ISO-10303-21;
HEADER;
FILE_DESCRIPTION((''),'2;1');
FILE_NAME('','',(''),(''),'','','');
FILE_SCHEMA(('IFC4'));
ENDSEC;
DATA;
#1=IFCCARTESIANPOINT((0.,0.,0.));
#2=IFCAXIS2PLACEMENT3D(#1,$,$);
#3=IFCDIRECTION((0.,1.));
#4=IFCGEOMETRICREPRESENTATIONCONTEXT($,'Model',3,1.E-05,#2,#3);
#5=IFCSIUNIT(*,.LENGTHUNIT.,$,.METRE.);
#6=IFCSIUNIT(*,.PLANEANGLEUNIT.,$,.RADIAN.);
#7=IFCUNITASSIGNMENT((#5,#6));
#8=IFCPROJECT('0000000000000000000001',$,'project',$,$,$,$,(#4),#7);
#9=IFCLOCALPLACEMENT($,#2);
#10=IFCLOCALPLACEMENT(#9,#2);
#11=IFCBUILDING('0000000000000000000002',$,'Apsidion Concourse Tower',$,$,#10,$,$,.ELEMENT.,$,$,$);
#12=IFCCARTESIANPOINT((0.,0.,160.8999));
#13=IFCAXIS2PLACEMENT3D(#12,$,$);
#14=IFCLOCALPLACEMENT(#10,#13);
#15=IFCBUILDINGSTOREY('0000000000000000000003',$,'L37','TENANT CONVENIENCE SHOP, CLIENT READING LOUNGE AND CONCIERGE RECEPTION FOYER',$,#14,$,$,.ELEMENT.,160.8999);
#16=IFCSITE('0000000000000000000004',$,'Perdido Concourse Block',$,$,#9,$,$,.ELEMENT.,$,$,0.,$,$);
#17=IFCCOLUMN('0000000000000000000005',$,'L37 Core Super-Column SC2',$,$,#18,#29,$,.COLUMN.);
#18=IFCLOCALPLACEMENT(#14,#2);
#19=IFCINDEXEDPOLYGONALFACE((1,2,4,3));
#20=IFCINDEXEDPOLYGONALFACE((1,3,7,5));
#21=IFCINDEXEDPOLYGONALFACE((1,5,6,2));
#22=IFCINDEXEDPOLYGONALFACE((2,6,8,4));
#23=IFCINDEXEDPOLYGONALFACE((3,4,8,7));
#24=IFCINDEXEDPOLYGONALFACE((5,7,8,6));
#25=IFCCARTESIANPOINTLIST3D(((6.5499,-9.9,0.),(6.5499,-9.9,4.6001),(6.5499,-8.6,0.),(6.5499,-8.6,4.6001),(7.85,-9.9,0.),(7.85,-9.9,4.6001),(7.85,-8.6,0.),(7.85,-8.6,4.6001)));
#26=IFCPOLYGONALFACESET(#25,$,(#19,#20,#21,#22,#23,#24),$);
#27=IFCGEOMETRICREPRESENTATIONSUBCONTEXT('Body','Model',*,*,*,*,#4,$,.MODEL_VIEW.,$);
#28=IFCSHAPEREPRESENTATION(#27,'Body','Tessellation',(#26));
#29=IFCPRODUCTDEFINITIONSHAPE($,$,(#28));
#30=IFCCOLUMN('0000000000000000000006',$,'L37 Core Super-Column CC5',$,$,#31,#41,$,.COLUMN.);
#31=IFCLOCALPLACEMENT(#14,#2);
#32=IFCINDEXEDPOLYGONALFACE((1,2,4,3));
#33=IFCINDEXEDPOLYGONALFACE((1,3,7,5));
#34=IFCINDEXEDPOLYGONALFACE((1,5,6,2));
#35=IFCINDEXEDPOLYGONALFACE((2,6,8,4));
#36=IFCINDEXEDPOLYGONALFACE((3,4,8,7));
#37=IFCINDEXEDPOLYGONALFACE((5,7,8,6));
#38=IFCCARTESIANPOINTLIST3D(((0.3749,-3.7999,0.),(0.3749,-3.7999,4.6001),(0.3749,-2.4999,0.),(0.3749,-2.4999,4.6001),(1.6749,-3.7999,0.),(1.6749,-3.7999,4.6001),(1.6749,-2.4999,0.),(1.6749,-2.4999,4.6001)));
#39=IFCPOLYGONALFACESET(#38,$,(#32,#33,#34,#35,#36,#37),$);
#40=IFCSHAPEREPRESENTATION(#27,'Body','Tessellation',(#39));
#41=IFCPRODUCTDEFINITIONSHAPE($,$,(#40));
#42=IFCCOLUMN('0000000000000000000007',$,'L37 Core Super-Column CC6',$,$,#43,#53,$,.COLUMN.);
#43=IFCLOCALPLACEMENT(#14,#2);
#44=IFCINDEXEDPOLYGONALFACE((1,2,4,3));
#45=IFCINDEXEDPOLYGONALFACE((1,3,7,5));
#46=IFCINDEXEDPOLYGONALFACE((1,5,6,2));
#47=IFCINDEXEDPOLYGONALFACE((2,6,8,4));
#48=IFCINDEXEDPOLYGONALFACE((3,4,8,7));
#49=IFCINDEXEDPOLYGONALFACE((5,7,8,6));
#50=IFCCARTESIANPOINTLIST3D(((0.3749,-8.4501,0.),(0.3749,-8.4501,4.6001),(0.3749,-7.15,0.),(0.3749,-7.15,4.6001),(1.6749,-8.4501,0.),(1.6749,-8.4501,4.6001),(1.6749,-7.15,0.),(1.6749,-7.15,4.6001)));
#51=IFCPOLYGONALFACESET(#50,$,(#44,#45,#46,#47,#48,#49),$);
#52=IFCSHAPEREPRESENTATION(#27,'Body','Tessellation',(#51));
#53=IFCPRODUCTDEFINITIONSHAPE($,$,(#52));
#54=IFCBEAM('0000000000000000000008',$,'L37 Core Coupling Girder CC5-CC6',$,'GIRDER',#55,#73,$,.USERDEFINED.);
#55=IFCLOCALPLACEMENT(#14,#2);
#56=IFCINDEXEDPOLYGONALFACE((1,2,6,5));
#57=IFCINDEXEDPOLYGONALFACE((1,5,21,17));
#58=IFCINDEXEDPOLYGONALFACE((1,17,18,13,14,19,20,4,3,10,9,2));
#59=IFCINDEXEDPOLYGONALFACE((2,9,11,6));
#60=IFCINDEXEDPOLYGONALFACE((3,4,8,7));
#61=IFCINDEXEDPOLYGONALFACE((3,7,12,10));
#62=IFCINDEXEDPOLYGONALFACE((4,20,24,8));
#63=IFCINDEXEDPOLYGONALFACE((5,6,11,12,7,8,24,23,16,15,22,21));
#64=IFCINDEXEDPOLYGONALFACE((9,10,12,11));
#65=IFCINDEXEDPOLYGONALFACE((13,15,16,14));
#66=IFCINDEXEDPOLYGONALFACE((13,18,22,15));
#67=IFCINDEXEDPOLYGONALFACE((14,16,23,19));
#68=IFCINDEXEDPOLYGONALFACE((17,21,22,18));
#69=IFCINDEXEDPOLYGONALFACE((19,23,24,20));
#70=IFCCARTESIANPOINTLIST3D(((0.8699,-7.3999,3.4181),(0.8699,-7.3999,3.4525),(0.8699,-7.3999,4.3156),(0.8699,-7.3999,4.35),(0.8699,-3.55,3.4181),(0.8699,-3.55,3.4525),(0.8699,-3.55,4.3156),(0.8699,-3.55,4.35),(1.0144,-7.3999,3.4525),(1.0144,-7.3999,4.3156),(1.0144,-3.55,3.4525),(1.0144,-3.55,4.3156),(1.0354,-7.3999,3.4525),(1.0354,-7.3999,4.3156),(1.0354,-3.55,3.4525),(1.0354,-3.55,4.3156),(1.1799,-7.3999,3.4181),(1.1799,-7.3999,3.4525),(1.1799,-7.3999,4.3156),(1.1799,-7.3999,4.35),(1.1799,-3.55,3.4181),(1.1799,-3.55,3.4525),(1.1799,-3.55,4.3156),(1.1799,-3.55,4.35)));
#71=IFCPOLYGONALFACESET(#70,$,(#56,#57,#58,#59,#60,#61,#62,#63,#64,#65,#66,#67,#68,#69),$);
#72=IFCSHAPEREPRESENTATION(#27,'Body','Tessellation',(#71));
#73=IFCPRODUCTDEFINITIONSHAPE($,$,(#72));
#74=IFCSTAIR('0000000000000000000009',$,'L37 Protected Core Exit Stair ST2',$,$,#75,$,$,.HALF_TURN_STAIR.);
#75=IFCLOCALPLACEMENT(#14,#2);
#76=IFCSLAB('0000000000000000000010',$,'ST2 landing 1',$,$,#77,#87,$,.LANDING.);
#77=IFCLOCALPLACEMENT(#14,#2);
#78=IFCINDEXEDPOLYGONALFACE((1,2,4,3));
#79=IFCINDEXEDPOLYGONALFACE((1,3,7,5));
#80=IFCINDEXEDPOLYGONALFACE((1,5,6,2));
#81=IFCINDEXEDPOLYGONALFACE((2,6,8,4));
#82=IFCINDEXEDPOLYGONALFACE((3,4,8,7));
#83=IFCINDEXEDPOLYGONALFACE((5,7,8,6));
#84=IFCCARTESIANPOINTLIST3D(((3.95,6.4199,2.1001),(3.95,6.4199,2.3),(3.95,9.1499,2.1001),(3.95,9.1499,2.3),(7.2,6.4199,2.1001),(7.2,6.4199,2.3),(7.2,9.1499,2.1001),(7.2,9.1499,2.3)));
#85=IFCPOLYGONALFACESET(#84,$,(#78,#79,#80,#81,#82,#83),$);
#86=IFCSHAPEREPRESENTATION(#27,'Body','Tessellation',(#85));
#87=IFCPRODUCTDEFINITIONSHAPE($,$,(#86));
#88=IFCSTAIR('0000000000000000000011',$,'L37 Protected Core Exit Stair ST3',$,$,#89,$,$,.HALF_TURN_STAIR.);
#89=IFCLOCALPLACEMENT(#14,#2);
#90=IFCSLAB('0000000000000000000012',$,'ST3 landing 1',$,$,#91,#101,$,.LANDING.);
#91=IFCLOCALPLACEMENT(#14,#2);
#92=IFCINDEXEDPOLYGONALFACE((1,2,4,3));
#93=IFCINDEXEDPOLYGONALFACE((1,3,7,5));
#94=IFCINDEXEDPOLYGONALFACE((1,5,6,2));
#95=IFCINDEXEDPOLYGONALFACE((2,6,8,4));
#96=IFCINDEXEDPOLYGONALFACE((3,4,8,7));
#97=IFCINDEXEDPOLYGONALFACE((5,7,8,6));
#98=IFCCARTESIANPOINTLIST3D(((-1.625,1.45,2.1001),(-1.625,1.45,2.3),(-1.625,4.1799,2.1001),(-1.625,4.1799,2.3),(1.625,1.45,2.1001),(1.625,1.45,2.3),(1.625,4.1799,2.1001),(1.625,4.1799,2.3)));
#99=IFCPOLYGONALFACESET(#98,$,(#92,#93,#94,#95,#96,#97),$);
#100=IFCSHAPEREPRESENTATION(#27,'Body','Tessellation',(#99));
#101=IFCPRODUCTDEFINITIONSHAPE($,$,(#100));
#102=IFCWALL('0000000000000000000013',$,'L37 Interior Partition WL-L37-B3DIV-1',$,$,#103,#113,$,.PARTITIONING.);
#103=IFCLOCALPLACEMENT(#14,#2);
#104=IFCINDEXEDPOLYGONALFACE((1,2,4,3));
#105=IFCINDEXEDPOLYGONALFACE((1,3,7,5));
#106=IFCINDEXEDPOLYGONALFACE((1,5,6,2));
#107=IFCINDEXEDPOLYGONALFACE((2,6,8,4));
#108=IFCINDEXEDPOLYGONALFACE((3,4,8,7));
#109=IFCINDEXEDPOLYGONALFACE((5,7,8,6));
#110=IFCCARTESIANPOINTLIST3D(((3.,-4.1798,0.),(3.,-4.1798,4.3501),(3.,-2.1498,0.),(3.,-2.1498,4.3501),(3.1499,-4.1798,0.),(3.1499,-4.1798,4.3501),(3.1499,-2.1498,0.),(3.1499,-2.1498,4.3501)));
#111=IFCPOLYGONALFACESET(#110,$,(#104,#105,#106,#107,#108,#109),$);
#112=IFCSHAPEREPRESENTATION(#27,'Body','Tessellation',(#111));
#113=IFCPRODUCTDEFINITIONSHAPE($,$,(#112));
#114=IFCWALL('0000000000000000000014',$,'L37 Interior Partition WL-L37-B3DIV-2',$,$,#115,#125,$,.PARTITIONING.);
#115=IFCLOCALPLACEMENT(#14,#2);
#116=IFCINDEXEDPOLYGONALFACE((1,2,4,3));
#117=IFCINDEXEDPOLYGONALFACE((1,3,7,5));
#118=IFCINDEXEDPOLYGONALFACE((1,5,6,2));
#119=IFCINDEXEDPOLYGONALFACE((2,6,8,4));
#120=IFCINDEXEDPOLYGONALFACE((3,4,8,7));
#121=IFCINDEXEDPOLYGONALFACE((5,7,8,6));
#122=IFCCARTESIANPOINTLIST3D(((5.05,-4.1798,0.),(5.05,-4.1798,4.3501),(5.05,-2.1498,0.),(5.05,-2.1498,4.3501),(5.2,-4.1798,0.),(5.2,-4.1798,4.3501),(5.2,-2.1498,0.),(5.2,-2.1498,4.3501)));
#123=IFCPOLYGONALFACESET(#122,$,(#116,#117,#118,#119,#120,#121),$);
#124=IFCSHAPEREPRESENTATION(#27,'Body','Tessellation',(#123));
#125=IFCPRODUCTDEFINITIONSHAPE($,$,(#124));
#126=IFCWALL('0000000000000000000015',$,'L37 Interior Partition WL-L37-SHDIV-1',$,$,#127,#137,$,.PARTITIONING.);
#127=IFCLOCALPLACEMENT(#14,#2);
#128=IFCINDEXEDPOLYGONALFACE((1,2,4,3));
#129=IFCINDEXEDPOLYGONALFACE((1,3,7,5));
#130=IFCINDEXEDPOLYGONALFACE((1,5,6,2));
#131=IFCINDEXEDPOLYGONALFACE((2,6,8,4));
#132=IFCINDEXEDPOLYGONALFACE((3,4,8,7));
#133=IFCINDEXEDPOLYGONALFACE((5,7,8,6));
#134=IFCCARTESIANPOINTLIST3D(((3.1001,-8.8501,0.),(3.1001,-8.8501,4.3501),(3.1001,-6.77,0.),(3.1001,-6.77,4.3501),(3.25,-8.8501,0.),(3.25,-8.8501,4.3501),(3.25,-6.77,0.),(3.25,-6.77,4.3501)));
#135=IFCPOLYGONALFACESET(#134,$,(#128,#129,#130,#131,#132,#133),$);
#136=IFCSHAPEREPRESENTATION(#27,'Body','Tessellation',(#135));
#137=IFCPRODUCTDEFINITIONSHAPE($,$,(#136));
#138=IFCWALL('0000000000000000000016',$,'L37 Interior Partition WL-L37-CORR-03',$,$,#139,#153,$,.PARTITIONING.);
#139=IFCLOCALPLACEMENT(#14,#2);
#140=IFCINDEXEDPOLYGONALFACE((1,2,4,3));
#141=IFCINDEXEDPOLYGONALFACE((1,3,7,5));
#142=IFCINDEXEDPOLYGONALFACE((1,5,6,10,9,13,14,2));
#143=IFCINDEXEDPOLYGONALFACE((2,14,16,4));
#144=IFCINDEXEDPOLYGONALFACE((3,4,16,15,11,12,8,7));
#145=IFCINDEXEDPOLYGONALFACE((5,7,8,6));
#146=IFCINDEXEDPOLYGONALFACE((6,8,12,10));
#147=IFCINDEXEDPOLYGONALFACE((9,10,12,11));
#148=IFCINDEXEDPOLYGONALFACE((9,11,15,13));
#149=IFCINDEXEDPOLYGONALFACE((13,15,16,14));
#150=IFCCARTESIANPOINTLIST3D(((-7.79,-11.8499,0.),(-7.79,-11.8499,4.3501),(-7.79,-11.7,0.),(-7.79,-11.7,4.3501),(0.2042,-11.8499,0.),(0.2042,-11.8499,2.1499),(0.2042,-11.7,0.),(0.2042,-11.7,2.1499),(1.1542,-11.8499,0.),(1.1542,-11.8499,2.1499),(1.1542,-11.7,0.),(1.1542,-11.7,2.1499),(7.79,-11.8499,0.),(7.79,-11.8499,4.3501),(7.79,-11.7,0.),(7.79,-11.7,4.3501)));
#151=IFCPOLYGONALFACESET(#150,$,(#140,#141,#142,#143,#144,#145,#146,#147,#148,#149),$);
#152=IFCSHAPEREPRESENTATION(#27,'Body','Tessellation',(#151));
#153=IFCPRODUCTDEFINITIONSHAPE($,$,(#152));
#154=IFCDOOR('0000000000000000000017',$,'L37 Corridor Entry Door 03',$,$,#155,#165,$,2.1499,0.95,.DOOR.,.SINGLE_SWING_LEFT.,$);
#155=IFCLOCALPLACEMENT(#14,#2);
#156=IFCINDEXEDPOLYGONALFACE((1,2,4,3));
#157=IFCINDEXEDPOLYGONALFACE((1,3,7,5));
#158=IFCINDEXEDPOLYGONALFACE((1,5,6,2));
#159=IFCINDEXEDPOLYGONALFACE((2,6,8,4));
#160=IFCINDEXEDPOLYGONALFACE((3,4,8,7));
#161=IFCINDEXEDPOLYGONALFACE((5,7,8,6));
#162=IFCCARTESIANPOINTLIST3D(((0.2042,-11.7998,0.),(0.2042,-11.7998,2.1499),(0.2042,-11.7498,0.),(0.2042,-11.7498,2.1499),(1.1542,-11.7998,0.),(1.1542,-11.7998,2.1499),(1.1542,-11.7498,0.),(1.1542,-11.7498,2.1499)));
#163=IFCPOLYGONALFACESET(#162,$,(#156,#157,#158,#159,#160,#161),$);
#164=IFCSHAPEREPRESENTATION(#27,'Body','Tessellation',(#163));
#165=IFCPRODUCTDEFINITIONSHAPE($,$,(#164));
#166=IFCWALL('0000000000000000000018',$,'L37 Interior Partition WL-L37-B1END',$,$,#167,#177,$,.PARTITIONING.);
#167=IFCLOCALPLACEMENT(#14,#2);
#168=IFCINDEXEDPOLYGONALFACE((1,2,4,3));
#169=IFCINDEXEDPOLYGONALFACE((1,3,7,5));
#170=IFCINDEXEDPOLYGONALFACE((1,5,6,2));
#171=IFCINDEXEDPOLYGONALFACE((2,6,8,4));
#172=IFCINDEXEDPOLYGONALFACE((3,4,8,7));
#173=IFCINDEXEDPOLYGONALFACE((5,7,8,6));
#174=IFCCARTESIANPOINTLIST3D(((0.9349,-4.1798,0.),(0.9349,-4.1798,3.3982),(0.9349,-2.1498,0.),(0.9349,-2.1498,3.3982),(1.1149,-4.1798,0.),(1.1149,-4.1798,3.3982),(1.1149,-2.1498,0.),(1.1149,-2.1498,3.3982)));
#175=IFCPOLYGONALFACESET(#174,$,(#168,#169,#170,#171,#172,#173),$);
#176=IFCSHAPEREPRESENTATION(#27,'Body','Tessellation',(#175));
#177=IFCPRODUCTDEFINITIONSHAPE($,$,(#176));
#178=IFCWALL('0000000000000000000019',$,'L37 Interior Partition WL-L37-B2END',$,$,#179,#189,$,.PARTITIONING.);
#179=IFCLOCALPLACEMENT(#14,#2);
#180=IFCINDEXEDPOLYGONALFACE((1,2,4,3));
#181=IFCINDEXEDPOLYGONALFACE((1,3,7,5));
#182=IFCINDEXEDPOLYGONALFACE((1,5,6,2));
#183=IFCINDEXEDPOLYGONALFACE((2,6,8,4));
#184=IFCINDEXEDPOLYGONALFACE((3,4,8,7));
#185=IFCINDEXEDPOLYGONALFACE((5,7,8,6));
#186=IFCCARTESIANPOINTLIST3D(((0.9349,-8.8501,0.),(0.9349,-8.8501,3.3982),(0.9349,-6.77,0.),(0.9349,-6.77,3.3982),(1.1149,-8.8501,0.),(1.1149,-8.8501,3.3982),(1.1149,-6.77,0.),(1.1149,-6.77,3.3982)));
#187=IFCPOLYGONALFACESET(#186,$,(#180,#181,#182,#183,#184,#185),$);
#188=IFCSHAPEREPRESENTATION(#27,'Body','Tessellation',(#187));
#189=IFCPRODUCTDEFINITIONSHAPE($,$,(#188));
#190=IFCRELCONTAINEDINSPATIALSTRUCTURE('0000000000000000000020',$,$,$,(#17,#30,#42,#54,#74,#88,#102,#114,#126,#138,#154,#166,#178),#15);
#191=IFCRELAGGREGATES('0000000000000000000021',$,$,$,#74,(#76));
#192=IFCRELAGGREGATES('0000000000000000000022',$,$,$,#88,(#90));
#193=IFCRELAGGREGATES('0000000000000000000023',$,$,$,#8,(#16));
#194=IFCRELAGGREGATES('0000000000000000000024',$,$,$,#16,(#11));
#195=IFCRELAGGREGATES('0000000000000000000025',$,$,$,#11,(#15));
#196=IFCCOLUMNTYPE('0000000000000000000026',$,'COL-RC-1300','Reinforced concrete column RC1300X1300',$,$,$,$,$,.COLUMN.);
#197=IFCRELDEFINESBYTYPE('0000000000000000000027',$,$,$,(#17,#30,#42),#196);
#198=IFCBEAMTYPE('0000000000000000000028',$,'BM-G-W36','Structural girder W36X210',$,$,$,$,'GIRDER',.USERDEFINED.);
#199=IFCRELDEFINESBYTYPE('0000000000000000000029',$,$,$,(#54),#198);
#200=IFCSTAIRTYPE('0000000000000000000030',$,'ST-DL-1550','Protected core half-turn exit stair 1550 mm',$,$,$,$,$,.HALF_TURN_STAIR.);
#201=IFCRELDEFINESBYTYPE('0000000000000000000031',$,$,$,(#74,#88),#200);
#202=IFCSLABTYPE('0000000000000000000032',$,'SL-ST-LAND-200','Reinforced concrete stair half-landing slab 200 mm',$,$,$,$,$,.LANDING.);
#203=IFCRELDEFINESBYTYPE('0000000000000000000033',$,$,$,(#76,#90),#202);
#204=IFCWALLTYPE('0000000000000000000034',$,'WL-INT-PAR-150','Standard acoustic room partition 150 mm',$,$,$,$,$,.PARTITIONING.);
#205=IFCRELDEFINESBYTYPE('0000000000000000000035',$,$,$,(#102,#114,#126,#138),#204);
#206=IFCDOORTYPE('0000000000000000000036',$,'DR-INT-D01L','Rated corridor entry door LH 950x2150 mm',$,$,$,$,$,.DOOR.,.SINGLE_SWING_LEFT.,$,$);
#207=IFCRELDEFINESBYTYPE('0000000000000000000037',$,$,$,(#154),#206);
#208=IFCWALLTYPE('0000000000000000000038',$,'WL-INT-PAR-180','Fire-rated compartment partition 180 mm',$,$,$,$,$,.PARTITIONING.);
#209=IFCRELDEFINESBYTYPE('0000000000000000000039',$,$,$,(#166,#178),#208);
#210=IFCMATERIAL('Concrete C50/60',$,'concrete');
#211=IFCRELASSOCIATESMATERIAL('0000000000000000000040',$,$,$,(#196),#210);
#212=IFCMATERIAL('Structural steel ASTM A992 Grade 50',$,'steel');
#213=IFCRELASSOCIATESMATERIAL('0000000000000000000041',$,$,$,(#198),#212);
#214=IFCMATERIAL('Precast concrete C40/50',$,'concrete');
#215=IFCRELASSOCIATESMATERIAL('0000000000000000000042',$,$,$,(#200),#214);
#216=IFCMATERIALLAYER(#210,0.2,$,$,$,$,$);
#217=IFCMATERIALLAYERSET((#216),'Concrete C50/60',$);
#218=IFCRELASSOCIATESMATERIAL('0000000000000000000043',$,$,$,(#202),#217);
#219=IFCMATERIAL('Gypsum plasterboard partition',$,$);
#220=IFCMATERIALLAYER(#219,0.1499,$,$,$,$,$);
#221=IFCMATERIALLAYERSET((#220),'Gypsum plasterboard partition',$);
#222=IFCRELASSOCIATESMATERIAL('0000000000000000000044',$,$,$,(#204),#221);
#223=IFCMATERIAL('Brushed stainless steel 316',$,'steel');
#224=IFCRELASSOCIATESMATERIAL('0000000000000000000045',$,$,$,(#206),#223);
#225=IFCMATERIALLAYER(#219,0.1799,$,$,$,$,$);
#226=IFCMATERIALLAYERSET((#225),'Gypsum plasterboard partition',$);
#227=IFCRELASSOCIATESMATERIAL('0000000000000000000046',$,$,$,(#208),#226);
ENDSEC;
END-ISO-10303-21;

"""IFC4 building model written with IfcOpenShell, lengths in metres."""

from ifc_helpers import new_model, si_unit, direction, frame, frame_2d, origin, origin_2d, place, context, subcontext, project, spatial, polyline, rectangle, i_section, outline, extrude, material, layer, layer_set, material_profile, profile_set, type_object, element, fill, aggregate, save


model = new_model("IFC4")

# Units and contexts
model_context = context("Model", 3, precision=1e-05, world=origin(), true_north=direction((0.0, 1.0)))
body_context = subcontext(model_context, "Body", "Model", "MODEL_VIEW")
ifc_project = project(units=[si_unit("LENGTHUNIT", "METRE"), si_unit("PLANEANGLEUNIT", "RADIAN")], contexts=[model_context])

# Site, building, storey
site_placement = place(None, origin())
site = spatial("IfcSite", under=ifc_project, at=site_placement, Name="Perdido Concourse Block", CompositionType="ELEMENT", RefElevation=0.0)
building_placement = place(site_placement, origin())
building = spatial("IfcBuilding", under=site, at=building_placement, Name="Apsidion Concourse Tower", CompositionType="ELEMENT")
storey_placement = place(building_placement, frame((0.0, 0.0, 160.8999)))
storey = spatial("IfcBuildingStorey", under=building, at=storey_placement, Name="L37", Description="TENANT CONVENIENCE SHOP, CLIENT READING LOUNGE AND CONCIERGE RECEPTION FOYER", CompositionType="ELEMENT", Elevation=160.8999)

# Columns
ifc_material_1 = material(Name="Concrete C50/60", Category="concrete")
ifc_material_profile_1 = material_profile(ifc_material_1, rectangle(XDim=1.3, YDim=1.3, at=origin_2d()), Name="RC 1300x1300")
ifc_profile_set_1 = profile_set([ifc_material_profile_1], Name="Concrete C50/60")
column_type = type_object("IfcColumnType", Name="COL-RC-1300", Description="Reinforced concrete column RC1300X1300", PredefinedType="COLUMN", material=ifc_profile_set_1)
for number, where, z_axis, x_axis, name in (
    (1, (7.2, -9.25, 0.0), (0.0, 0.0, 1.0), (1.0, 0.0, 0.0), "L37 Core Super-Column SC2"),
    (2, (1.0249, -3.1499, 0.0), (0.0, 0.0, 1.0), (1.0, 0.0, 0.0), "L37 Core Super-Column CC5"),
    (3, (1.0249, -7.8, 0.0), (0.0, 0.0, 1.0), (1.0, 0.0, 0.0), "L37 Core Super-Column CC6"),
):
    element("IfcColumn", number, at=place(storey_placement, frame(where, z_axis=z_axis, x_axis=x_axis)), inside=storey, type_object=column_type, Name=name, PredefinedType="COLUMN", context=body_context, shape_type="SweptSolid", body=[
        extrude(rectangle(XDim=1.3, YDim=1.3, at=origin_2d()), origin(), (0.0, 0.0, 1.0), 4.6001),
    ])

# Beam
ifc_material_2 = material(Name="Structural steel ASTM A992 Grade 50", Category="steel")
ifc_material_profile_2 = material_profile(ifc_material_2, i_section(OverallWidth=0.3101, OverallDepth=0.9319, WebThickness=0.021, FlangeThickness=0.0344, at=origin_2d()), Name="W36X210")
ifc_profile_set_2 = profile_set([ifc_material_profile_2], Name="Structural steel ASTM A992 Grade 50")
beam_type = type_object("IfcBeamType", Name="BM-G-W36", Description="Structural girder W36X210", ElementType="GIRDER", PredefinedType="USERDEFINED", material=ifc_profile_set_2)
beam_placement = place(storey_placement, frame((1.0249, -3.55, 3.884), z_axis=(0.0, -1.0, 0.0), x_axis=(1.0, 0.0, 0.0)))
element("IfcBeam", 4, at=beam_placement, inside=storey, type_object=beam_type, Name="L37 Core Coupling Girder CC5-CC6", ObjectType="GIRDER", PredefinedType="USERDEFINED", context=body_context, shape_type="SweptSolid", body=[
    extrude(i_section(OverallWidth=0.3101, OverallDepth=0.9319, WebThickness=0.021, FlangeThickness=0.0344, at=origin_2d()), origin(), (0.0, 0.0, 1.0), 3.8499),
])

# Stairs, slabs
ifc_material_3 = material(Name="Precast concrete C40/50", Category="concrete")
stair_type = type_object("IfcStairType", Name="ST-DL-1550", Description="Protected core half-turn exit stair 1550 mm", PredefinedType="HALF_TURN_STAIR", material=ifc_material_3)
stair_1_placement = place(storey_placement, origin())
stair_1 = element("IfcStair", 5, at=stair_1_placement, inside=storey, type_object=stair_type, Name="L37 Protected Core Exit Stair ST2", PredefinedType="HALF_TURN_STAIR")
ifc_layer_1 = layer(ifc_material_1, 0.2)
ifc_layer_set_1 = layer_set([ifc_layer_1], Name="Concrete C50/60")
slab_type = type_object("IfcSlabType", Name="SL-ST-LAND-200", Description="Reinforced concrete stair half-landing slab 200 mm", PredefinedType="LANDING", material=ifc_layer_set_1)
slab_1_placement = place(storey_placement, frame((0.0, 0.0, 2.1001)))
slab_1 = element("IfcSlab", 6, at=slab_1_placement, type_object=slab_type, Name="ST2 landing 1", PredefinedType="LANDING", context=body_context, shape_type="SweptSolid", body=[
    extrude(outline(polyline([(7.2, 6.4199), (7.2, 9.1499), (3.95, 9.1499), (3.95, 6.4199), (7.2, 6.4199)])), origin(), (0.0, 0.0, 1.0), 0.2),
])
aggregate(stair_1, [slab_1])
stair_2_placement = place(storey_placement, origin())
stair_2 = element("IfcStair", 7, at=stair_2_placement, inside=storey, type_object=stair_type, Name="L37 Protected Core Exit Stair ST3", PredefinedType="HALF_TURN_STAIR")
slab_2_placement = place(storey_placement, frame((0.0, 0.0, 2.1001)))
slab_2 = element("IfcSlab", 8, at=slab_2_placement, type_object=slab_type, Name="ST3 landing 1", PredefinedType="LANDING", context=body_context, shape_type="SweptSolid", body=[
    extrude(outline(polyline([(-1.625, 4.1799), (-1.625, 1.45), (1.625, 1.45), (1.625, 4.1799), (-1.625, 4.1799)])), origin(), (0.0, 0.0, 1.0), 0.2),
])
aggregate(stair_2, [slab_2])

# Walls
ifc_material_4 = material(Name="Gypsum plasterboard partition")
ifc_layer_2 = layer(ifc_material_4, 0.1499)
ifc_layer_set_2 = layer_set([ifc_layer_2], Name="Gypsum plasterboard partition")
wall_type_1 = type_object("IfcWallType", Name="WL-INT-PAR-150", Description="Standard acoustic room partition 150 mm", PredefinedType="PARTITIONING", material=ifc_layer_set_2)
for number, where, z_axis, x_axis, name in (
    (9, (3.075, -4.1799, 0.0), (0.0, 0.0, 1.0), (0.0, 1.0, 0.0), "L37 Interior Partition WL-L37-B3DIV-1"),
    (10, (5.125, -4.1799, 0.0), (0.0, 0.0, 1.0), (0.0, 1.0, 0.0), "L37 Interior Partition WL-L37-B3DIV-2"),
):
    element("IfcWall", number, at=place(storey_placement, frame(where, z_axis=z_axis, x_axis=x_axis)), inside=storey, type_object=wall_type_1, Name=name, PredefinedType="PARTITIONING", context=body_context, shape_type="SweptSolid", body=[
        extrude(rectangle(XDim=2.03, YDim=0.1499, at=frame_2d((1.0151, 0.0))), origin(), (0.0, 0.0, 1.0), 4.3501),
    ])
wall_1_placement = place(storey_placement, frame((3.175, -8.8501, 0.0), z_axis=(0.0, 0.0, 1.0), x_axis=(0.0, 1.0, 0.0)))
element("IfcWall", 11, at=wall_1_placement, inside=storey, type_object=wall_type_1, Name="L37 Interior Partition WL-L37-SHDIV-1", PredefinedType="PARTITIONING", context=body_context, shape_type="SweptSolid", body=[
    extrude(rectangle(XDim=2.0801, YDim=0.1499, at=frame_2d((1.04, 0.0))), origin(), (0.0, 0.0, 1.0), 4.3501),
])

# Wall, opening, door
wall_2_placement = place(storey_placement, frame((7.79, -11.7749, 0.0), z_axis=(0.0, 0.0, 1.0), x_axis=(-1.0, 0.0, 0.0)))
wall_2 = element("IfcWall", 12, at=wall_2_placement, inside=storey, type_object=wall_type_1, Name="L37 Interior Partition WL-L37-CORR-03", PredefinedType="PARTITIONING", context=body_context, shape_type="SweptSolid", body=[
    extrude(rectangle(XDim=15.5801, YDim=0.1499, at=frame_2d((7.79, 0.0))), origin(), (0.0, 0.0, 1.0), 4.3501),
])
opening_1_placement = place(wall_2_placement, frame((6.6357, 0.0, 0.0)))
opening_1 = element("IfcOpeningElement", 13, at=opening_1_placement, cuts=wall_2, PredefinedType="OPENING", context=body_context, shape_type="SweptSolid", body=[
    extrude(rectangle(XDim=0.95, YDim=2.1499, at=frame_2d((0.4751, 1.075))), frame((0.0, 0.085, 0.0), z_axis=(0.0, -1.0, 0.0), x_axis=(1.0, 0.0, 0.0)), (0.0, 0.0, 1.0), 0.1699),
])
ifc_material_5 = material(Name="Brushed stainless steel 316", Category="steel")
door_type_1 = type_object("IfcDoorType", Name="DR-INT-D01L", Description="Rated corridor entry door LH 950x2150 mm", OperationType="SINGLE_SWING_LEFT", PredefinedType="DOOR", material=ifc_material_5)
door_1_placement = place(opening_1_placement, origin())
door_1 = element("IfcDoor", 14, at=door_1_placement, inside=storey, type_object=door_type_1, Name="L37 Corridor Entry Door 03", OperationType="SINGLE_SWING_LEFT", OverallHeight=2.1499, OverallWidth=0.95, PredefinedType="DOOR", context=body_context, shape_type="SweptSolid", body=[
    extrude(rectangle(XDim=0.95, YDim=2.1499, at=frame_2d((0.4751, 1.075))), frame((0.0, 0.0249, 0.0), z_axis=(0.0, -1.0, 0.0), x_axis=(1.0, 0.0, 0.0)), (0.0, 0.0, 1.0), 0.05),
])
fill(opening_1, door_1)

# Walls
ifc_layer_3 = layer(ifc_material_4, 0.1799)
ifc_layer_set_3 = layer_set([ifc_layer_3], Name="Gypsum plasterboard partition")
wall_type_2 = type_object("IfcWallType", Name="WL-INT-PAR-180", Description="Fire-rated compartment partition 180 mm", PredefinedType="PARTITIONING", material=ifc_layer_set_3)
wall_3_placement = place(storey_placement, frame((1.0249, -4.1799, 0.0), z_axis=(0.0, 0.0, 1.0), x_axis=(0.0, 1.0, 0.0)))
element("IfcWall", 15, at=wall_3_placement, inside=storey, type_object=wall_type_2, Name="L37 Interior Partition WL-L37-B1END", PredefinedType="PARTITIONING", context=body_context, shape_type="SweptSolid", body=[
    extrude(rectangle(XDim=2.03, YDim=0.1799, at=frame_2d((1.0151, 0.0))), origin(), (0.0, 0.0, 1.0), 3.3982),
])
wall_4_placement = place(storey_placement, frame((1.0249, -8.8501, 0.0), z_axis=(0.0, 0.0, 1.0), x_axis=(0.0, 1.0, 0.0)))
element("IfcWall", 16, at=wall_4_placement, inside=storey, type_object=wall_type_2, Name="L37 Interior Partition WL-L37-B2END", PredefinedType="PARTITIONING", context=body_context, shape_type="SweptSolid", body=[
    extrude(rectangle(XDim=2.0801, YDim=0.1799, at=frame_2d((1.04, 0.0))), origin(), (0.0, 0.0, 1.0), 3.3982),
])

save(model, "model.ifc")
